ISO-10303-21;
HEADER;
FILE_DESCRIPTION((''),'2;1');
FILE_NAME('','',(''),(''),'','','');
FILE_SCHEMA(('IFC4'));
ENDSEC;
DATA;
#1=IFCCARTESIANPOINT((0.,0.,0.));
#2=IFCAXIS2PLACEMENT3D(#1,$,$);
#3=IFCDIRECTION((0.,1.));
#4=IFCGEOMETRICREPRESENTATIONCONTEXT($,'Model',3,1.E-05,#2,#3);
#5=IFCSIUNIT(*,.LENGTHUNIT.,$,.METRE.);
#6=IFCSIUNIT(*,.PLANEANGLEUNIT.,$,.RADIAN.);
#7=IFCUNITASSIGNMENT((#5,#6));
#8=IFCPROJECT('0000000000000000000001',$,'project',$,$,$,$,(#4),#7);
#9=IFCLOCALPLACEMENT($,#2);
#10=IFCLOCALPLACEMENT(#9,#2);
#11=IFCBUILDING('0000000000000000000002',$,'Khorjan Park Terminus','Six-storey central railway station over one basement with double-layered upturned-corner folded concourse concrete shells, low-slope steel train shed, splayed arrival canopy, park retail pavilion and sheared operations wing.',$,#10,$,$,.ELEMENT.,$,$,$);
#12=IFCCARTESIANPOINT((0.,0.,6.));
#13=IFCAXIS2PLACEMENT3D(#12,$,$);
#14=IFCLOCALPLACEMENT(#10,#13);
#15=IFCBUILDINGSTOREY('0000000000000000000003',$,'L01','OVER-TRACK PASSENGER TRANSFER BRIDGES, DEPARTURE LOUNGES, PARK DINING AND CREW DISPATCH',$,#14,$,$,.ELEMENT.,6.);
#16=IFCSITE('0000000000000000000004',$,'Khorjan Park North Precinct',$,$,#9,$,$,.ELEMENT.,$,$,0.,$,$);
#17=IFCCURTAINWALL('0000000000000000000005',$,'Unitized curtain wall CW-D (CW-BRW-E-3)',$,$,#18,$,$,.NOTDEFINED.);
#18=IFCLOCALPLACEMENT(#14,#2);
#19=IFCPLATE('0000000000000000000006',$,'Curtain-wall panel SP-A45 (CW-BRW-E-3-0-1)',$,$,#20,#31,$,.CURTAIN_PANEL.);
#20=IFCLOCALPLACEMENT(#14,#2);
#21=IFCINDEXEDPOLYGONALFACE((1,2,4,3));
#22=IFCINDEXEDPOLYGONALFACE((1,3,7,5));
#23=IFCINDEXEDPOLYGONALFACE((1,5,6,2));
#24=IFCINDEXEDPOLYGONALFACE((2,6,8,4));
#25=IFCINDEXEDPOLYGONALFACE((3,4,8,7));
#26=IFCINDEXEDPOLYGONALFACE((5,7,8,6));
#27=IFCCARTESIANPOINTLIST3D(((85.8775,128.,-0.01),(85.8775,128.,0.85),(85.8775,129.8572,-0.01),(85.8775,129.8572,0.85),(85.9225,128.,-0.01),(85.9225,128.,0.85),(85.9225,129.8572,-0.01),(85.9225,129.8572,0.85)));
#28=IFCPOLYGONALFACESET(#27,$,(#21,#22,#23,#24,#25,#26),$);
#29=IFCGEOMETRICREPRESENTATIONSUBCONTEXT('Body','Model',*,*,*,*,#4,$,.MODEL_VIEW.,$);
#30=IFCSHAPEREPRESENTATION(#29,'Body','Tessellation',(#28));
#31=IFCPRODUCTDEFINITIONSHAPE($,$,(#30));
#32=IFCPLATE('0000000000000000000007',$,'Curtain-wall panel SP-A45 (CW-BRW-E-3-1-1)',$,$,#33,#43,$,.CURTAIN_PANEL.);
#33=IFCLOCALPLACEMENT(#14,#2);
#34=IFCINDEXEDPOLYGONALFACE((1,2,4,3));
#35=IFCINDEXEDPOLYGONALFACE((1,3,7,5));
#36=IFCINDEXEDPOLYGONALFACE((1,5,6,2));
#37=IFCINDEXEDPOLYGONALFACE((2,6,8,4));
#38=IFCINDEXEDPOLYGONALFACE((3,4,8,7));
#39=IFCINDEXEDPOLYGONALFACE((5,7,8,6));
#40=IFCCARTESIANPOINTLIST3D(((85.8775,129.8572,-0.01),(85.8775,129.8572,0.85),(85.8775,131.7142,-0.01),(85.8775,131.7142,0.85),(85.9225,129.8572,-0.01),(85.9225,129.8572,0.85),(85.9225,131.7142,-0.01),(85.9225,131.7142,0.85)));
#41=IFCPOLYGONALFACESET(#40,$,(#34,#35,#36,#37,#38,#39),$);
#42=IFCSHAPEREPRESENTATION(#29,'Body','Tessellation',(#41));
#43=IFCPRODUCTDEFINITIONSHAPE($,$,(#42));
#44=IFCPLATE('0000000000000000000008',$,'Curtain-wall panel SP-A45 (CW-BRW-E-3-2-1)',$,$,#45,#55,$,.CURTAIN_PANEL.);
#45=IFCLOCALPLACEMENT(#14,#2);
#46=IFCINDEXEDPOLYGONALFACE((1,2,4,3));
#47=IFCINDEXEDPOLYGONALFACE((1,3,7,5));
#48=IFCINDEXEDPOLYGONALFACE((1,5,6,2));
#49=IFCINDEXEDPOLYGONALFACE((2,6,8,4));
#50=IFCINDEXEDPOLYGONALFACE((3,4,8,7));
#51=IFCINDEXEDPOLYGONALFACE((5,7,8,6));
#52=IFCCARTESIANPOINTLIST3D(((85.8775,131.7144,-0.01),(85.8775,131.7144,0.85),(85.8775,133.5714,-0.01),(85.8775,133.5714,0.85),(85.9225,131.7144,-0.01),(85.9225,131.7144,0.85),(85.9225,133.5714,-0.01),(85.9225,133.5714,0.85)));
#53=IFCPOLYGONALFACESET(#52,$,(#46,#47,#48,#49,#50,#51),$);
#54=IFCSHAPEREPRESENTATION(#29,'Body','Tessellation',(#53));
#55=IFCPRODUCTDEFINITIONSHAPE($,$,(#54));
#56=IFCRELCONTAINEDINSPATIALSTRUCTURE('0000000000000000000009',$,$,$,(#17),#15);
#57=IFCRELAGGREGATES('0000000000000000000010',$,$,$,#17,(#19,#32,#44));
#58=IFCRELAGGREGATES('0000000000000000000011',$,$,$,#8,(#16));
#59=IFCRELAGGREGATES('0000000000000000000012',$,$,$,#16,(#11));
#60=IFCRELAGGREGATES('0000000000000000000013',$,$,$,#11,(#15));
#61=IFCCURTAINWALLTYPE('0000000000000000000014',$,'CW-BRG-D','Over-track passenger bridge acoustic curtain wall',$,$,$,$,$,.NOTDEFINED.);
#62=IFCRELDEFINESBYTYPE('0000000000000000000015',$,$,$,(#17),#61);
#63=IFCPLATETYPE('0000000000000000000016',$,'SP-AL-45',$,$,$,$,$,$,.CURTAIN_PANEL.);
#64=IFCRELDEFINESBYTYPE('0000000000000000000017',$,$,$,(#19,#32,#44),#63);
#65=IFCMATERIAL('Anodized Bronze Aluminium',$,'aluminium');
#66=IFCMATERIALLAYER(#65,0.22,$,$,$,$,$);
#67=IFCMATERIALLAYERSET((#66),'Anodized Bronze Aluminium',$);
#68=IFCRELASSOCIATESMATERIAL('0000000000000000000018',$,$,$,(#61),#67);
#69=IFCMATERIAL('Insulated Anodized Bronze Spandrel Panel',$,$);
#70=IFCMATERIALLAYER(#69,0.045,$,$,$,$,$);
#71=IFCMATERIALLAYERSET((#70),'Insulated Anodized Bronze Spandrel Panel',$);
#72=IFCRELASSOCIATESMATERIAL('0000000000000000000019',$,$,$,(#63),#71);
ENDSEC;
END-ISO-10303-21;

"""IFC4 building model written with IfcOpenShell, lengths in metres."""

from ifc_helpers import new_model, si_unit, direction, frame, origin, origin_2d, place, context, subcontext, project, spatial, rectangle, extrude, material, layer, layer_set, type_object, element, aggregate, save


model = new_model("IFC4")

# Units and contexts
model_context = context("Model", 3, precision=1e-05, world=origin(), true_north=direction((0.0, 1.0)))
body_context = subcontext(model_context, "Body", "Model", "MODEL_VIEW")
ifc_project = project(units=[si_unit("LENGTHUNIT", "METRE"), si_unit("PLANEANGLEUNIT", "RADIAN")], contexts=[model_context])

# Site, building, storey
site_placement = place(None, origin())
site = spatial("IfcSite", under=ifc_project, at=site_placement, Name="Khorjan Park North Precinct", CompositionType="ELEMENT", RefElevation=0.0)
building_placement = place(site_placement, origin())
building = spatial("IfcBuilding", under=site, at=building_placement, Name="Khorjan Park Terminus", Description="Six-storey central railway station over one basement with double-layered upturned-corner folded concourse concrete shells, low-slope steel train shed, splayed arrival canopy, park retail pavilion and sheared operations wing.", CompositionType="ELEMENT")
storey_placement = place(building_placement, frame((0.0, 0.0, 6.0)))
storey = spatial("IfcBuildingStorey", under=building, at=storey_placement, Name="L01", Description="OVER-TRACK PASSENGER TRANSFER BRIDGES, DEPARTURE LOUNGES, PARK DINING AND CREW DISPATCH", CompositionType="ELEMENT", Elevation=6.0)

# Shared definitions
ifc_material_1 = material(Name="Anodized Bronze Aluminium", Category="aluminium")
ifc_layer_1 = layer(ifc_material_1, 0.22)
ifc_layer_set_1 = layer_set([ifc_layer_1], Name="Anodized Bronze Aluminium")
curtain_wall_type = type_object("IfcCurtainWallType", Name="CW-BRG-D", Description="Over-track passenger bridge acoustic curtain wall", PredefinedType="NOTDEFINED", material=ifc_layer_set_1)

# Curtain wall
curtain_wall_1_placement = place(storey_placement, origin())
curtain_wall_1 = element("IfcCurtainWall", 1, at=curtain_wall_1_placement, inside=storey, type_object=curtain_wall_type, Name="Unitized curtain wall CW-D (CW-BRW-E-3)", PredefinedType="NOTDEFINED")

# Plates
ifc_material_2 = material(Name="Insulated Anodized Bronze Spandrel Panel")
ifc_layer_2 = layer(ifc_material_2, 0.045)
ifc_layer_set_2 = layer_set([ifc_layer_2], Name="Insulated Anodized Bronze Spandrel Panel")
plate_type_1 = type_object("IfcPlateType", Name="SP-AL-45", PredefinedType="CURTAIN_PANEL", material=ifc_layer_set_2)
plate_1_placement = place(storey_placement, frame((85.9, 128.9286, -0.01), z_axis=(0.0, 0.0, 1.0), x_axis=(0.0, 1.0, 0.0)))
plate_1 = element("IfcPlate", 2, at=plate_1_placement, type_object=plate_type_1, Name="Curtain-wall panel SP-A45 (CW-BRW-E-3-0-1)", PredefinedType="CURTAIN_PANEL", context=body_context, shape_type="SweptSolid", body=[
    extrude(rectangle(XDim=1.8571, YDim=0.045, at=origin_2d()), origin(), (0.0, 0.0, 1.0), 0.86),
])
plate_2_placement = place(storey_placement, frame((85.9, 130.7857, -0.01), z_axis=(0.0, 0.0, 1.0), x_axis=(0.0, 1.0, 0.0)))
plate_2 = element("IfcPlate", 3, at=plate_2_placement, type_object=plate_type_1, Name="Curtain-wall panel SP-A45 (CW-BRW-E-3-1-1)", PredefinedType="CURTAIN_PANEL", context=body_context, shape_type="SweptSolid", body=[
    extrude(rectangle(XDim=1.8571, YDim=0.045, at=origin_2d()), origin(), (0.0, 0.0, 1.0), 0.86),
])
plate_3_placement = place(storey_placement, frame((85.9, 132.6429, -0.01), z_axis=(0.0, 0.0, 1.0), x_axis=(0.0, 1.0, 0.0)))
plate_3 = element("IfcPlate", 4, at=plate_3_placement, type_object=plate_type_1, Name="Curtain-wall panel SP-A45 (CW-BRW-E-3-2-1)", PredefinedType="CURTAIN_PANEL", context=body_context, shape_type="SweptSolid", body=[
    extrude(rectangle(XDim=1.8571, YDim=0.045, at=origin_2d()), origin(), (0.0, 0.0, 1.0), 0.86),
])
aggregate(curtain_wall_1, [plate_1, plate_2, plate_3])

save(model, "model.ifc")
